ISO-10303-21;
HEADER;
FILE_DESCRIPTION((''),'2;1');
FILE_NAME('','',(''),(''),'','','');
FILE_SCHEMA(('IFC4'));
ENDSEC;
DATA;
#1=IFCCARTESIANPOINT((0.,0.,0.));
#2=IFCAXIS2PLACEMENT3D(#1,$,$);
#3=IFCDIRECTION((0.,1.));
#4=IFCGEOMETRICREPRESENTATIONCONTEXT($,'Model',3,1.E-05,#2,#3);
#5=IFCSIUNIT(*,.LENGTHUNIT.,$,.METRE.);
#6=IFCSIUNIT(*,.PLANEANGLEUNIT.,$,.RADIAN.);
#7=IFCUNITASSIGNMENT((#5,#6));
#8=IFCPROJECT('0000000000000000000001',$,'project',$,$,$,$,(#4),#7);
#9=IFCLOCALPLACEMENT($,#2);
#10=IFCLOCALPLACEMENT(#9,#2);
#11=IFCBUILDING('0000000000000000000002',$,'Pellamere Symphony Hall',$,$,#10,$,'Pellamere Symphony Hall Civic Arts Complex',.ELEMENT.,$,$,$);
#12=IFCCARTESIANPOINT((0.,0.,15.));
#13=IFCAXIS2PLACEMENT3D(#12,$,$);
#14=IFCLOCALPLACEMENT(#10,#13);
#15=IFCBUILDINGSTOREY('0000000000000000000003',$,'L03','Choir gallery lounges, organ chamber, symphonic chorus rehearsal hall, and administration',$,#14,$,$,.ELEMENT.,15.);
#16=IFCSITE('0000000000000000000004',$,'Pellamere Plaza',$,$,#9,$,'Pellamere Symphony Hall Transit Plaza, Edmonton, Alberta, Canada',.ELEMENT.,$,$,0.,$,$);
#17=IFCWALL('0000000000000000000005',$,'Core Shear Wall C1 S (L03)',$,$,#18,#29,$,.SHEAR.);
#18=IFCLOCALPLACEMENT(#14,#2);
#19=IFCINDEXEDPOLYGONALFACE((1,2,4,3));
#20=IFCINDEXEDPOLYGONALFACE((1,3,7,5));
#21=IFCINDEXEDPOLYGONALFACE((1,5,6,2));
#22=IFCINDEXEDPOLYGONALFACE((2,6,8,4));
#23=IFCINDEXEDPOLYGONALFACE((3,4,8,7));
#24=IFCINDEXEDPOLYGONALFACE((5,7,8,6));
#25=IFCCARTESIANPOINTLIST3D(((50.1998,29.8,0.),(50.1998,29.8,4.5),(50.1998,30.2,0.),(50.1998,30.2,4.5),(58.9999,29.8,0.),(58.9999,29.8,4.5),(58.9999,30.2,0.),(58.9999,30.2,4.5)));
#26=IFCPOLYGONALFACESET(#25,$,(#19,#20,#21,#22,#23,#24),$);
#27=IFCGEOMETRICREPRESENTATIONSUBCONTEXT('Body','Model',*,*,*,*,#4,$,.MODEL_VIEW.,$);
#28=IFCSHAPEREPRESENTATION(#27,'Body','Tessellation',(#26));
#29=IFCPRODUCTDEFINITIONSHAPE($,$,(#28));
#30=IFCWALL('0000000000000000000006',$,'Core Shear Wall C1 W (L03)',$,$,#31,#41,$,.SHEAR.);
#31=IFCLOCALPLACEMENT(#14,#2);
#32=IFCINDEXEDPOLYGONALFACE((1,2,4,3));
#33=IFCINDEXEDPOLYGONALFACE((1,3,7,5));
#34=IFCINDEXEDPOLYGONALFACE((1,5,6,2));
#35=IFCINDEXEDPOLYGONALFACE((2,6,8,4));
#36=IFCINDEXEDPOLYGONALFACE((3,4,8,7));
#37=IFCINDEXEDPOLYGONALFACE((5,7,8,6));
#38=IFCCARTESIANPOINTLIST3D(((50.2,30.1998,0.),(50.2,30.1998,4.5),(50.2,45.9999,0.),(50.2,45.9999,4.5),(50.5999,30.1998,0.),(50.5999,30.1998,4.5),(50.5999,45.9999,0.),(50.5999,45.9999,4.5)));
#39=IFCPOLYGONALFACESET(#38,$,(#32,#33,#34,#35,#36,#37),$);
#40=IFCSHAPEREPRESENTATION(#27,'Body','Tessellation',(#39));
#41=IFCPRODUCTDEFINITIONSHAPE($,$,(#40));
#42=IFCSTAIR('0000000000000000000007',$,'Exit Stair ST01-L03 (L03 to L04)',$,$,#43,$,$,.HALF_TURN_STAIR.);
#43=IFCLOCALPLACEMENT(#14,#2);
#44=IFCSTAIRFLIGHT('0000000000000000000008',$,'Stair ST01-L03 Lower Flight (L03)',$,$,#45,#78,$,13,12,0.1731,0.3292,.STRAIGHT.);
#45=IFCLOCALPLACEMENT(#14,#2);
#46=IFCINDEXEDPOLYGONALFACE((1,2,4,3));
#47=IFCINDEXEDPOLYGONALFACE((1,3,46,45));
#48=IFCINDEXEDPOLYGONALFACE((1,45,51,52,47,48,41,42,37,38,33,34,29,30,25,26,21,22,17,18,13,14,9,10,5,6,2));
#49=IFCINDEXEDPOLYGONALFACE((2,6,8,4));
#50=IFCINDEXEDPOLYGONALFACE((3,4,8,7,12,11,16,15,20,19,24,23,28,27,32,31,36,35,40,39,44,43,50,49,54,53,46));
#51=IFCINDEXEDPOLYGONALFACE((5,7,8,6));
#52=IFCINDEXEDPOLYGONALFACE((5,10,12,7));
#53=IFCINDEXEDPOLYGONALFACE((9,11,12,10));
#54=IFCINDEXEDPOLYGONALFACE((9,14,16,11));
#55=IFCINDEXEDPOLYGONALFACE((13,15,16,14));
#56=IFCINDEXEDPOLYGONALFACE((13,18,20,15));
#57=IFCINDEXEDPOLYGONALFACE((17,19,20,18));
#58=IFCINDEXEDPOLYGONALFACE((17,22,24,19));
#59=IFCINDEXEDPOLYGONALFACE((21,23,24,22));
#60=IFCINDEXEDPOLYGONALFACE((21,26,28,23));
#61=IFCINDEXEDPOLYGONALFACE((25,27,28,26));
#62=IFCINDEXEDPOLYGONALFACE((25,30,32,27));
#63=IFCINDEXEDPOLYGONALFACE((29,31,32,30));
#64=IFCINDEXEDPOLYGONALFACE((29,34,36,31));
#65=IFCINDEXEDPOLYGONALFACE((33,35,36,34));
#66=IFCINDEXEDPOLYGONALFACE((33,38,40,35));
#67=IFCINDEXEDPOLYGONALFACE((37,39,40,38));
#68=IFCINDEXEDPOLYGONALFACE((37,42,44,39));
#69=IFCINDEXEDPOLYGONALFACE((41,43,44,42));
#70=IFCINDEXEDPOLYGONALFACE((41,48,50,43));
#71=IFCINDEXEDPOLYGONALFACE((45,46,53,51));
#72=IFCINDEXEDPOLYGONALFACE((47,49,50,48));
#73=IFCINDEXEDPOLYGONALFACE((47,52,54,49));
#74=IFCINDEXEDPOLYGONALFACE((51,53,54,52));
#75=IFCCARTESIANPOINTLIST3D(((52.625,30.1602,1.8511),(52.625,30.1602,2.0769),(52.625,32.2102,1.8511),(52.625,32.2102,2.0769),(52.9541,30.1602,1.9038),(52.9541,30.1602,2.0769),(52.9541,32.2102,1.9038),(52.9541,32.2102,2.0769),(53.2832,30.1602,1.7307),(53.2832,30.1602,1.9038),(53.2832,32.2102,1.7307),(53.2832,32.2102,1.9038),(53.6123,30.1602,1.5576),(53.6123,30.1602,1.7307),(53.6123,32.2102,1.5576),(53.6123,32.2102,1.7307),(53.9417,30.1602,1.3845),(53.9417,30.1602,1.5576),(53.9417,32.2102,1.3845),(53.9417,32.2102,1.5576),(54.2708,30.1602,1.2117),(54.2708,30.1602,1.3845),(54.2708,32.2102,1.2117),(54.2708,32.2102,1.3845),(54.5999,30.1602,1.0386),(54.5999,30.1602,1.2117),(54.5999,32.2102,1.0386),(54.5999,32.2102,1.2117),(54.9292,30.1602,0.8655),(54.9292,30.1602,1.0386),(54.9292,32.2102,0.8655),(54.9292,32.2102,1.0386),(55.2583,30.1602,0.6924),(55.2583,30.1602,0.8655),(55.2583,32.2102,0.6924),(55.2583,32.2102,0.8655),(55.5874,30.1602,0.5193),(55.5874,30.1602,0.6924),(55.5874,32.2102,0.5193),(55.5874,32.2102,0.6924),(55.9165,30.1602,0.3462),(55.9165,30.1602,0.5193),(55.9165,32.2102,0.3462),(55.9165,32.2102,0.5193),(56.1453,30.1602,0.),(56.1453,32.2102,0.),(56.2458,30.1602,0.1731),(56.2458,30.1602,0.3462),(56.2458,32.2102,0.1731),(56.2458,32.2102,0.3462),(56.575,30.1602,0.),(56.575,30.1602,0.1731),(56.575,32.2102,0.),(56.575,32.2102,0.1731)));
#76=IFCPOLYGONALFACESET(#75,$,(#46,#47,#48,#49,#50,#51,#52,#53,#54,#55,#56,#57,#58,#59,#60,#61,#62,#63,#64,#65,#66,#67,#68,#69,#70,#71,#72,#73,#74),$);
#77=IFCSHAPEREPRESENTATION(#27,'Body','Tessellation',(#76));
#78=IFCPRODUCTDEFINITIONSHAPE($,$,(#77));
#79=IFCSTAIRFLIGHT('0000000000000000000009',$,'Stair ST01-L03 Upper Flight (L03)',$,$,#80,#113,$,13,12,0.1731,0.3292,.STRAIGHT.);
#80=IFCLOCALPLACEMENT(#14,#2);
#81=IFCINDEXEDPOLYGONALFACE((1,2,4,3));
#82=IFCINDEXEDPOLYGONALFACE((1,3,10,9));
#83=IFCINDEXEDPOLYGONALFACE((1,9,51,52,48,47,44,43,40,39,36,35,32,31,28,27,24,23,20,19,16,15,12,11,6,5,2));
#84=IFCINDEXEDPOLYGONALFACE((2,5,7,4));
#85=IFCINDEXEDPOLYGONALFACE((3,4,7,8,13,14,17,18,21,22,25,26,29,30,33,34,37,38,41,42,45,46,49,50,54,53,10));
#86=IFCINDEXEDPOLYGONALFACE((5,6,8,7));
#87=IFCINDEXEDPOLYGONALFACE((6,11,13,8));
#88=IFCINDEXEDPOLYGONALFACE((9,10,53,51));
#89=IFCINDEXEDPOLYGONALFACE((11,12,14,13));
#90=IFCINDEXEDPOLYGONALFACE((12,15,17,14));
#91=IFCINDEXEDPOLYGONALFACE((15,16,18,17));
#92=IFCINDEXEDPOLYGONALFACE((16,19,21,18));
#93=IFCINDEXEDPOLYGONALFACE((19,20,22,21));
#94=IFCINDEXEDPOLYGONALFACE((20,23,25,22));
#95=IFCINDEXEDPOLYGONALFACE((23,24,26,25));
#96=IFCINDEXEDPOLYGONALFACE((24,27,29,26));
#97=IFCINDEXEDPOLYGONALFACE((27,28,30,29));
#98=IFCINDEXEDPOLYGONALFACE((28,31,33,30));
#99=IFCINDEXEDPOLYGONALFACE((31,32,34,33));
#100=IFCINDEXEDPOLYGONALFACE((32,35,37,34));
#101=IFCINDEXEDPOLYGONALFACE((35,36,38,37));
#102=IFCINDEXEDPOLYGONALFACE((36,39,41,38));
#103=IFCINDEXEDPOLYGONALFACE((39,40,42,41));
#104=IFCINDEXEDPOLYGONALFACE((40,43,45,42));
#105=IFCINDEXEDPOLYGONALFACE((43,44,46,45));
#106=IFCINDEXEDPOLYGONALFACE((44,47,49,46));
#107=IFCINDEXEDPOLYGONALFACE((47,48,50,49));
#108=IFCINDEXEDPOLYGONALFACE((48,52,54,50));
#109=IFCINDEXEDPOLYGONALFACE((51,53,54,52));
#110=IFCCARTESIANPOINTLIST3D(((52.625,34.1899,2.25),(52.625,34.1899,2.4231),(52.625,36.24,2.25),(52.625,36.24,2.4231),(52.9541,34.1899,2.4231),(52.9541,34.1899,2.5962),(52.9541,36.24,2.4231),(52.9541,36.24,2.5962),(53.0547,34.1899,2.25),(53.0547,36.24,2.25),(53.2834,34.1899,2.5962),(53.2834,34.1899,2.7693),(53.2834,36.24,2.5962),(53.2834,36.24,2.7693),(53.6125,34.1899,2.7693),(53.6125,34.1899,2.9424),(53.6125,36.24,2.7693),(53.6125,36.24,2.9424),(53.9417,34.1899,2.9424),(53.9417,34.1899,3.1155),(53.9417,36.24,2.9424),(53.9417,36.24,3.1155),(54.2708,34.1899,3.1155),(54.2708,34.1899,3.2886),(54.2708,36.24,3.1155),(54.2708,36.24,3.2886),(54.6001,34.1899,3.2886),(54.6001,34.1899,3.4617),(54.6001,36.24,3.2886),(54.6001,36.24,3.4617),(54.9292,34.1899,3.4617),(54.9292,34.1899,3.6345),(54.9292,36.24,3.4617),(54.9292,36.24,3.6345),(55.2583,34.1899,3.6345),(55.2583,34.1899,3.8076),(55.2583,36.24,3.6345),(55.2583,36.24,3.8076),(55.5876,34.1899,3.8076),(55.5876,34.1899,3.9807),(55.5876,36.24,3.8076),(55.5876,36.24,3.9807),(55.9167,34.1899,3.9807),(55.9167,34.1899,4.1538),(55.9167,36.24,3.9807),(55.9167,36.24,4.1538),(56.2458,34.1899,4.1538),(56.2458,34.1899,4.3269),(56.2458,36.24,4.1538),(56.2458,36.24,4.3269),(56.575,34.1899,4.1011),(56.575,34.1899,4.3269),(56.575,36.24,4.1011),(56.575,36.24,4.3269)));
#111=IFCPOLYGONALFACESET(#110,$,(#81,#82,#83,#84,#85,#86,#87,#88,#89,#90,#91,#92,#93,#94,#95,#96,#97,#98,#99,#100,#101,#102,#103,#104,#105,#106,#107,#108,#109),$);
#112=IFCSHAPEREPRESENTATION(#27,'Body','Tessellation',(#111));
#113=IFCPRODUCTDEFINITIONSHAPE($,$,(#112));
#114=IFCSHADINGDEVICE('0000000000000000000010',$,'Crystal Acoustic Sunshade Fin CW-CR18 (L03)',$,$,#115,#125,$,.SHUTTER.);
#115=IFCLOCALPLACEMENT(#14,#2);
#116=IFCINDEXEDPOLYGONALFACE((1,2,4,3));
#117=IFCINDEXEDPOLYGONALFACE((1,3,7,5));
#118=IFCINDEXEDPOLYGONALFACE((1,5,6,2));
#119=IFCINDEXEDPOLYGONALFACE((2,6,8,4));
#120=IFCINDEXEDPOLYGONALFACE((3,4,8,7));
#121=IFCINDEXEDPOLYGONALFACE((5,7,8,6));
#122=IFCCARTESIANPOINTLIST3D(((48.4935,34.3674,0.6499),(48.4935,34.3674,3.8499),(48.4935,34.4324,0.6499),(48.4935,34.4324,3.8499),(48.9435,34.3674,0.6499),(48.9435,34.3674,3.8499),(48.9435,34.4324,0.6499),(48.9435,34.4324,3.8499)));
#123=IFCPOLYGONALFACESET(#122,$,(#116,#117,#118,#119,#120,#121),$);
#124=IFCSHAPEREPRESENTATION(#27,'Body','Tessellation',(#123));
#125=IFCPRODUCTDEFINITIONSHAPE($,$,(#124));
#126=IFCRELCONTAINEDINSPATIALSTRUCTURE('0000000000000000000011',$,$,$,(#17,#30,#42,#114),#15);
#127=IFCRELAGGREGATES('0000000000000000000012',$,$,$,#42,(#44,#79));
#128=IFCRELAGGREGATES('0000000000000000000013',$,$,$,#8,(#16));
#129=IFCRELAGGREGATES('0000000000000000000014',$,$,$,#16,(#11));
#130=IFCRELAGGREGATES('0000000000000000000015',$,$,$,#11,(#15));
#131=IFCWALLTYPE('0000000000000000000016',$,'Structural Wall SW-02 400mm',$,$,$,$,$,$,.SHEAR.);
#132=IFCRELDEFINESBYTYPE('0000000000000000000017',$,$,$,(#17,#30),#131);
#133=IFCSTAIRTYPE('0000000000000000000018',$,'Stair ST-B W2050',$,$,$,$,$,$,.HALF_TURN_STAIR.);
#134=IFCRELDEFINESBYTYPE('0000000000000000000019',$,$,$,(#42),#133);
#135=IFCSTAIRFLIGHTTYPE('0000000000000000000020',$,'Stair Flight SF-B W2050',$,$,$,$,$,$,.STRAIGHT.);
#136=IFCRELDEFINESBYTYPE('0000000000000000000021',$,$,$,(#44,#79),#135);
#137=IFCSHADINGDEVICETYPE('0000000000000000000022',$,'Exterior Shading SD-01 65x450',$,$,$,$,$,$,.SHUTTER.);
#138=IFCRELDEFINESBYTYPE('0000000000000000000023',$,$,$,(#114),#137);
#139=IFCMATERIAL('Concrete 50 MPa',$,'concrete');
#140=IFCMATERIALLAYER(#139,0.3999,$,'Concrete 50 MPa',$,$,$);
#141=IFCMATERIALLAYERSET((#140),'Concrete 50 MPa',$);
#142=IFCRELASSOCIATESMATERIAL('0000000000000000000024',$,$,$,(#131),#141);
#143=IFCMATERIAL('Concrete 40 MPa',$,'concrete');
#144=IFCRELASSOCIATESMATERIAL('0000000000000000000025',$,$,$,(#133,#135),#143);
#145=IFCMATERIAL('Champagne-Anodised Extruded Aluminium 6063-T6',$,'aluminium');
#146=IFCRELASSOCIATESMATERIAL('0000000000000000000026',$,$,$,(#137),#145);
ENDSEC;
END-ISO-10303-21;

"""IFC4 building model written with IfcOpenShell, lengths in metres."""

from ifc_helpers import new_model, si_unit, direction, frame, frame_2d, origin, origin_2d, place, context, subcontext, project, spatial, polyline, rectangle, outline, extrude, material, layer, layer_set, type_object, element, aggregate, save


model = new_model("IFC4")

# Units and contexts
model_context = context("Model", 3, precision=1e-05, world=origin(), true_north=direction((0.0, 1.0)))
body_context = subcontext(model_context, "Body", "Model", "MODEL_VIEW")
ifc_project = project(units=[si_unit("LENGTHUNIT", "METRE"), si_unit("PLANEANGLEUNIT", "RADIAN")], contexts=[model_context])

# Site, building, storey
site_placement = place(None, origin())
site = spatial("IfcSite", under=ifc_project, at=site_placement, Name="Pellamere Plaza", LongName="Pellamere Symphony Hall Transit Plaza, Edmonton, Alberta, Canada", CompositionType="ELEMENT", RefElevation=0.0)
building_placement = place(site_placement, origin())
building = spatial("IfcBuilding", under=site, at=building_placement, Name="Pellamere Symphony Hall", LongName="Pellamere Symphony Hall Civic Arts Complex", CompositionType="ELEMENT")
storey_placement = place(building_placement, frame((0.0, 0.0, 15.0)))
storey = spatial("IfcBuildingStorey", under=building, at=storey_placement, Name="L03", Description="Choir gallery lounges, organ chamber, symphonic chorus rehearsal hall, and administration", CompositionType="ELEMENT", Elevation=15.0)

# Shared definitions
ifc_material_1 = material(Name="Concrete 40 MPa", Category="concrete")

# Walls
ifc_material_2 = material(Name="Concrete 50 MPa", Category="concrete")
ifc_layer_1 = layer(ifc_material_2, 0.3999, Name="Concrete 50 MPa")
ifc_layer_set_1 = layer_set([ifc_layer_1], Name="Concrete 50 MPa")
wall_type = type_object("IfcWallType", Name="Structural Wall SW-02 400mm", PredefinedType="SHEAR", material=ifc_layer_set_1)
wall_1_placement = place(storey_placement, frame((50.2, 30.0, 0.0), z_axis=(0.0, 0.0, 1.0), x_axis=(1.0, 0.0, 0.0)))
element("IfcWall", 1, at=wall_1_placement, inside=storey, type_object=wall_type, Name="Core Shear Wall C1 S (L03)", PredefinedType="SHEAR", context=body_context, shape_type="SweptSolid", body=[
    extrude(rectangle(XDim=8.8, YDim=0.3999, at=frame_2d((4.3999, 0.0))), origin(), (0.0, 0.0, 1.0), 4.5),
])
wall_2_placement = place(storey_placement, frame((50.3999, 30.2, 0.0), z_axis=(0.0, 0.0, 1.0), x_axis=(0.0, 1.0, 0.0)))
element("IfcWall", 2, at=wall_2_placement, inside=storey, type_object=wall_type, Name="Core Shear Wall C1 W (L03)", PredefinedType="SHEAR", context=body_context, shape_type="SweptSolid", body=[
    extrude(rectangle(XDim=15.8, YDim=0.3999, at=frame_2d((7.8999, 0.0))), origin(), (0.0, 0.0, 1.0), 4.5),
])

# Stair, stair flights
stair_type = type_object("IfcStairType", Name="Stair ST-B W2050", PredefinedType="HALF_TURN_STAIR", material=ifc_material_1)
stair_placement = place(storey_placement, origin())
stair = element("IfcStair", 3, at=stair_placement, inside=storey, type_object=stair_type, Name="Exit Stair ST01-L03 (L03 to L04)", PredefinedType="HALF_TURN_STAIR")
stair_flight_type = type_object("IfcStairFlightType", Name="Stair Flight SF-B W2050", PredefinedType="STRAIGHT", material=ifc_material_1)
stair_flight_1_placement = place(storey_placement, frame((56.575, 31.1851, 0.0), z_axis=(0.0, 0.0, 1.0), x_axis=(-1.0, 0.0, 0.0)))
stair_flight_1 = element("IfcStairFlight", 4, at=stair_flight_1_placement, type_object=stair_flight_type, Name="Stair ST01-L03 Lower Flight (L03)", NumberOfRisers=13, NumberOfTreads=12, PredefinedType="STRAIGHT", RiserHeight=0.1731, TreadLength=0.3292, context=body_context, shape_type="SweptSolid", body=[
    extrude(outline(polyline([(0.0, 0.0), (0.0, 0.1731), (0.3291, 0.1731), (0.3291, 0.3462), (0.6584, 0.3462), (0.6584, 0.5193), (0.9875, 0.5193), (0.9875, 0.6924), (1.3167, 0.6924), (1.3167, 0.8655), (1.6458, 0.8655), (1.6458, 1.0386), (1.9751, 1.0386), (1.9751, 1.2117), (2.3042, 1.2117), (2.3042, 1.3845), (2.6333, 1.3845), (2.6333, 1.5576), (2.9626, 1.5576), (2.9626, 1.7307), (3.2917, 1.7307), (3.2917, 1.9038), (3.6208, 1.9038), (3.6208, 2.0769), (3.95, 2.0769), (3.95, 2.25), (3.95, 1.8511), (0.4297, 0.0), (0.0, 0.0)])), frame((0.0, 1.0249, 0.0), z_axis=(0.0, -1.0, 0.0), x_axis=(1.0, 0.0, 0.0)), (0.0, 0.0, 1.0), 2.05),
])
stair_flight_2_placement = place(storey_placement, frame((52.625, 35.2151, 2.25), z_axis=(0.0, 0.0, 1.0), x_axis=(1.0, 0.0, 0.0)))
stair_flight_2 = element("IfcStairFlight", 5, at=stair_flight_2_placement, type_object=stair_flight_type, Name="Stair ST01-L03 Upper Flight (L03)", NumberOfRisers=13, NumberOfTreads=12, PredefinedType="STRAIGHT", RiserHeight=0.1731, TreadLength=0.3292, context=body_context, shape_type="SweptSolid", body=[
    extrude(outline(polyline([(0.0, 0.0), (0.0, 0.1731), (0.3291, 0.1731), (0.3291, 0.3462), (0.6584, 0.3462), (0.6584, 0.5193), (0.9875, 0.5193), (0.9875, 0.6924), (1.3167, 0.6924), (1.3167, 0.8655), (1.6458, 0.8655), (1.6458, 1.0386), (1.9751, 1.0386), (1.9751, 1.2117), (2.3042, 1.2117), (2.3042, 1.3845), (2.6333, 1.3845), (2.6333, 1.5576), (2.9626, 1.5576), (2.9626, 1.7307), (3.2917, 1.7307), (3.2917, 1.9038), (3.6208, 1.9038), (3.6208, 2.0769), (3.95, 2.0769), (3.95, 2.25), (3.95, 1.8511), (0.4297, 0.0), (0.0, 0.0)])), frame((0.0, 1.0249, 0.0), z_axis=(0.0, -1.0, 0.0), x_axis=(1.0, 0.0, 0.0)), (0.0, 0.0, 1.0), 2.05),
])
aggregate(stair, [stair_flight_1, stair_flight_2])

# Shading device
ifc_material_3 = material(Name="Champagne-Anodised Extruded Aluminium 6063-T6", Category="aluminium")
shading_device_type = type_object("IfcShadingDeviceType", Name="Exterior Shading SD-01 65x450", PredefinedType="SHUTTER", material=ifc_material_3)
shading_device_placement = place(storey_placement, frame((48.7185, 34.3999, 0.6499), z_axis=(0.0, 0.0, 1.0), x_axis=(0.0, 1.0, 0.0)))
element("IfcShadingDevice", 6, at=shading_device_placement, inside=storey, type_object=shading_device_type, Name="Crystal Acoustic Sunshade Fin CW-CR18 (L03)", PredefinedType="SHUTTER", context=body_context, shape_type="SweptSolid", body=[
    extrude(rectangle(XDim=0.0649, YDim=0.45, at=origin_2d()), origin(), (0.0, 0.0, 1.0), 3.2),
])

save(model, "model.ifc")
